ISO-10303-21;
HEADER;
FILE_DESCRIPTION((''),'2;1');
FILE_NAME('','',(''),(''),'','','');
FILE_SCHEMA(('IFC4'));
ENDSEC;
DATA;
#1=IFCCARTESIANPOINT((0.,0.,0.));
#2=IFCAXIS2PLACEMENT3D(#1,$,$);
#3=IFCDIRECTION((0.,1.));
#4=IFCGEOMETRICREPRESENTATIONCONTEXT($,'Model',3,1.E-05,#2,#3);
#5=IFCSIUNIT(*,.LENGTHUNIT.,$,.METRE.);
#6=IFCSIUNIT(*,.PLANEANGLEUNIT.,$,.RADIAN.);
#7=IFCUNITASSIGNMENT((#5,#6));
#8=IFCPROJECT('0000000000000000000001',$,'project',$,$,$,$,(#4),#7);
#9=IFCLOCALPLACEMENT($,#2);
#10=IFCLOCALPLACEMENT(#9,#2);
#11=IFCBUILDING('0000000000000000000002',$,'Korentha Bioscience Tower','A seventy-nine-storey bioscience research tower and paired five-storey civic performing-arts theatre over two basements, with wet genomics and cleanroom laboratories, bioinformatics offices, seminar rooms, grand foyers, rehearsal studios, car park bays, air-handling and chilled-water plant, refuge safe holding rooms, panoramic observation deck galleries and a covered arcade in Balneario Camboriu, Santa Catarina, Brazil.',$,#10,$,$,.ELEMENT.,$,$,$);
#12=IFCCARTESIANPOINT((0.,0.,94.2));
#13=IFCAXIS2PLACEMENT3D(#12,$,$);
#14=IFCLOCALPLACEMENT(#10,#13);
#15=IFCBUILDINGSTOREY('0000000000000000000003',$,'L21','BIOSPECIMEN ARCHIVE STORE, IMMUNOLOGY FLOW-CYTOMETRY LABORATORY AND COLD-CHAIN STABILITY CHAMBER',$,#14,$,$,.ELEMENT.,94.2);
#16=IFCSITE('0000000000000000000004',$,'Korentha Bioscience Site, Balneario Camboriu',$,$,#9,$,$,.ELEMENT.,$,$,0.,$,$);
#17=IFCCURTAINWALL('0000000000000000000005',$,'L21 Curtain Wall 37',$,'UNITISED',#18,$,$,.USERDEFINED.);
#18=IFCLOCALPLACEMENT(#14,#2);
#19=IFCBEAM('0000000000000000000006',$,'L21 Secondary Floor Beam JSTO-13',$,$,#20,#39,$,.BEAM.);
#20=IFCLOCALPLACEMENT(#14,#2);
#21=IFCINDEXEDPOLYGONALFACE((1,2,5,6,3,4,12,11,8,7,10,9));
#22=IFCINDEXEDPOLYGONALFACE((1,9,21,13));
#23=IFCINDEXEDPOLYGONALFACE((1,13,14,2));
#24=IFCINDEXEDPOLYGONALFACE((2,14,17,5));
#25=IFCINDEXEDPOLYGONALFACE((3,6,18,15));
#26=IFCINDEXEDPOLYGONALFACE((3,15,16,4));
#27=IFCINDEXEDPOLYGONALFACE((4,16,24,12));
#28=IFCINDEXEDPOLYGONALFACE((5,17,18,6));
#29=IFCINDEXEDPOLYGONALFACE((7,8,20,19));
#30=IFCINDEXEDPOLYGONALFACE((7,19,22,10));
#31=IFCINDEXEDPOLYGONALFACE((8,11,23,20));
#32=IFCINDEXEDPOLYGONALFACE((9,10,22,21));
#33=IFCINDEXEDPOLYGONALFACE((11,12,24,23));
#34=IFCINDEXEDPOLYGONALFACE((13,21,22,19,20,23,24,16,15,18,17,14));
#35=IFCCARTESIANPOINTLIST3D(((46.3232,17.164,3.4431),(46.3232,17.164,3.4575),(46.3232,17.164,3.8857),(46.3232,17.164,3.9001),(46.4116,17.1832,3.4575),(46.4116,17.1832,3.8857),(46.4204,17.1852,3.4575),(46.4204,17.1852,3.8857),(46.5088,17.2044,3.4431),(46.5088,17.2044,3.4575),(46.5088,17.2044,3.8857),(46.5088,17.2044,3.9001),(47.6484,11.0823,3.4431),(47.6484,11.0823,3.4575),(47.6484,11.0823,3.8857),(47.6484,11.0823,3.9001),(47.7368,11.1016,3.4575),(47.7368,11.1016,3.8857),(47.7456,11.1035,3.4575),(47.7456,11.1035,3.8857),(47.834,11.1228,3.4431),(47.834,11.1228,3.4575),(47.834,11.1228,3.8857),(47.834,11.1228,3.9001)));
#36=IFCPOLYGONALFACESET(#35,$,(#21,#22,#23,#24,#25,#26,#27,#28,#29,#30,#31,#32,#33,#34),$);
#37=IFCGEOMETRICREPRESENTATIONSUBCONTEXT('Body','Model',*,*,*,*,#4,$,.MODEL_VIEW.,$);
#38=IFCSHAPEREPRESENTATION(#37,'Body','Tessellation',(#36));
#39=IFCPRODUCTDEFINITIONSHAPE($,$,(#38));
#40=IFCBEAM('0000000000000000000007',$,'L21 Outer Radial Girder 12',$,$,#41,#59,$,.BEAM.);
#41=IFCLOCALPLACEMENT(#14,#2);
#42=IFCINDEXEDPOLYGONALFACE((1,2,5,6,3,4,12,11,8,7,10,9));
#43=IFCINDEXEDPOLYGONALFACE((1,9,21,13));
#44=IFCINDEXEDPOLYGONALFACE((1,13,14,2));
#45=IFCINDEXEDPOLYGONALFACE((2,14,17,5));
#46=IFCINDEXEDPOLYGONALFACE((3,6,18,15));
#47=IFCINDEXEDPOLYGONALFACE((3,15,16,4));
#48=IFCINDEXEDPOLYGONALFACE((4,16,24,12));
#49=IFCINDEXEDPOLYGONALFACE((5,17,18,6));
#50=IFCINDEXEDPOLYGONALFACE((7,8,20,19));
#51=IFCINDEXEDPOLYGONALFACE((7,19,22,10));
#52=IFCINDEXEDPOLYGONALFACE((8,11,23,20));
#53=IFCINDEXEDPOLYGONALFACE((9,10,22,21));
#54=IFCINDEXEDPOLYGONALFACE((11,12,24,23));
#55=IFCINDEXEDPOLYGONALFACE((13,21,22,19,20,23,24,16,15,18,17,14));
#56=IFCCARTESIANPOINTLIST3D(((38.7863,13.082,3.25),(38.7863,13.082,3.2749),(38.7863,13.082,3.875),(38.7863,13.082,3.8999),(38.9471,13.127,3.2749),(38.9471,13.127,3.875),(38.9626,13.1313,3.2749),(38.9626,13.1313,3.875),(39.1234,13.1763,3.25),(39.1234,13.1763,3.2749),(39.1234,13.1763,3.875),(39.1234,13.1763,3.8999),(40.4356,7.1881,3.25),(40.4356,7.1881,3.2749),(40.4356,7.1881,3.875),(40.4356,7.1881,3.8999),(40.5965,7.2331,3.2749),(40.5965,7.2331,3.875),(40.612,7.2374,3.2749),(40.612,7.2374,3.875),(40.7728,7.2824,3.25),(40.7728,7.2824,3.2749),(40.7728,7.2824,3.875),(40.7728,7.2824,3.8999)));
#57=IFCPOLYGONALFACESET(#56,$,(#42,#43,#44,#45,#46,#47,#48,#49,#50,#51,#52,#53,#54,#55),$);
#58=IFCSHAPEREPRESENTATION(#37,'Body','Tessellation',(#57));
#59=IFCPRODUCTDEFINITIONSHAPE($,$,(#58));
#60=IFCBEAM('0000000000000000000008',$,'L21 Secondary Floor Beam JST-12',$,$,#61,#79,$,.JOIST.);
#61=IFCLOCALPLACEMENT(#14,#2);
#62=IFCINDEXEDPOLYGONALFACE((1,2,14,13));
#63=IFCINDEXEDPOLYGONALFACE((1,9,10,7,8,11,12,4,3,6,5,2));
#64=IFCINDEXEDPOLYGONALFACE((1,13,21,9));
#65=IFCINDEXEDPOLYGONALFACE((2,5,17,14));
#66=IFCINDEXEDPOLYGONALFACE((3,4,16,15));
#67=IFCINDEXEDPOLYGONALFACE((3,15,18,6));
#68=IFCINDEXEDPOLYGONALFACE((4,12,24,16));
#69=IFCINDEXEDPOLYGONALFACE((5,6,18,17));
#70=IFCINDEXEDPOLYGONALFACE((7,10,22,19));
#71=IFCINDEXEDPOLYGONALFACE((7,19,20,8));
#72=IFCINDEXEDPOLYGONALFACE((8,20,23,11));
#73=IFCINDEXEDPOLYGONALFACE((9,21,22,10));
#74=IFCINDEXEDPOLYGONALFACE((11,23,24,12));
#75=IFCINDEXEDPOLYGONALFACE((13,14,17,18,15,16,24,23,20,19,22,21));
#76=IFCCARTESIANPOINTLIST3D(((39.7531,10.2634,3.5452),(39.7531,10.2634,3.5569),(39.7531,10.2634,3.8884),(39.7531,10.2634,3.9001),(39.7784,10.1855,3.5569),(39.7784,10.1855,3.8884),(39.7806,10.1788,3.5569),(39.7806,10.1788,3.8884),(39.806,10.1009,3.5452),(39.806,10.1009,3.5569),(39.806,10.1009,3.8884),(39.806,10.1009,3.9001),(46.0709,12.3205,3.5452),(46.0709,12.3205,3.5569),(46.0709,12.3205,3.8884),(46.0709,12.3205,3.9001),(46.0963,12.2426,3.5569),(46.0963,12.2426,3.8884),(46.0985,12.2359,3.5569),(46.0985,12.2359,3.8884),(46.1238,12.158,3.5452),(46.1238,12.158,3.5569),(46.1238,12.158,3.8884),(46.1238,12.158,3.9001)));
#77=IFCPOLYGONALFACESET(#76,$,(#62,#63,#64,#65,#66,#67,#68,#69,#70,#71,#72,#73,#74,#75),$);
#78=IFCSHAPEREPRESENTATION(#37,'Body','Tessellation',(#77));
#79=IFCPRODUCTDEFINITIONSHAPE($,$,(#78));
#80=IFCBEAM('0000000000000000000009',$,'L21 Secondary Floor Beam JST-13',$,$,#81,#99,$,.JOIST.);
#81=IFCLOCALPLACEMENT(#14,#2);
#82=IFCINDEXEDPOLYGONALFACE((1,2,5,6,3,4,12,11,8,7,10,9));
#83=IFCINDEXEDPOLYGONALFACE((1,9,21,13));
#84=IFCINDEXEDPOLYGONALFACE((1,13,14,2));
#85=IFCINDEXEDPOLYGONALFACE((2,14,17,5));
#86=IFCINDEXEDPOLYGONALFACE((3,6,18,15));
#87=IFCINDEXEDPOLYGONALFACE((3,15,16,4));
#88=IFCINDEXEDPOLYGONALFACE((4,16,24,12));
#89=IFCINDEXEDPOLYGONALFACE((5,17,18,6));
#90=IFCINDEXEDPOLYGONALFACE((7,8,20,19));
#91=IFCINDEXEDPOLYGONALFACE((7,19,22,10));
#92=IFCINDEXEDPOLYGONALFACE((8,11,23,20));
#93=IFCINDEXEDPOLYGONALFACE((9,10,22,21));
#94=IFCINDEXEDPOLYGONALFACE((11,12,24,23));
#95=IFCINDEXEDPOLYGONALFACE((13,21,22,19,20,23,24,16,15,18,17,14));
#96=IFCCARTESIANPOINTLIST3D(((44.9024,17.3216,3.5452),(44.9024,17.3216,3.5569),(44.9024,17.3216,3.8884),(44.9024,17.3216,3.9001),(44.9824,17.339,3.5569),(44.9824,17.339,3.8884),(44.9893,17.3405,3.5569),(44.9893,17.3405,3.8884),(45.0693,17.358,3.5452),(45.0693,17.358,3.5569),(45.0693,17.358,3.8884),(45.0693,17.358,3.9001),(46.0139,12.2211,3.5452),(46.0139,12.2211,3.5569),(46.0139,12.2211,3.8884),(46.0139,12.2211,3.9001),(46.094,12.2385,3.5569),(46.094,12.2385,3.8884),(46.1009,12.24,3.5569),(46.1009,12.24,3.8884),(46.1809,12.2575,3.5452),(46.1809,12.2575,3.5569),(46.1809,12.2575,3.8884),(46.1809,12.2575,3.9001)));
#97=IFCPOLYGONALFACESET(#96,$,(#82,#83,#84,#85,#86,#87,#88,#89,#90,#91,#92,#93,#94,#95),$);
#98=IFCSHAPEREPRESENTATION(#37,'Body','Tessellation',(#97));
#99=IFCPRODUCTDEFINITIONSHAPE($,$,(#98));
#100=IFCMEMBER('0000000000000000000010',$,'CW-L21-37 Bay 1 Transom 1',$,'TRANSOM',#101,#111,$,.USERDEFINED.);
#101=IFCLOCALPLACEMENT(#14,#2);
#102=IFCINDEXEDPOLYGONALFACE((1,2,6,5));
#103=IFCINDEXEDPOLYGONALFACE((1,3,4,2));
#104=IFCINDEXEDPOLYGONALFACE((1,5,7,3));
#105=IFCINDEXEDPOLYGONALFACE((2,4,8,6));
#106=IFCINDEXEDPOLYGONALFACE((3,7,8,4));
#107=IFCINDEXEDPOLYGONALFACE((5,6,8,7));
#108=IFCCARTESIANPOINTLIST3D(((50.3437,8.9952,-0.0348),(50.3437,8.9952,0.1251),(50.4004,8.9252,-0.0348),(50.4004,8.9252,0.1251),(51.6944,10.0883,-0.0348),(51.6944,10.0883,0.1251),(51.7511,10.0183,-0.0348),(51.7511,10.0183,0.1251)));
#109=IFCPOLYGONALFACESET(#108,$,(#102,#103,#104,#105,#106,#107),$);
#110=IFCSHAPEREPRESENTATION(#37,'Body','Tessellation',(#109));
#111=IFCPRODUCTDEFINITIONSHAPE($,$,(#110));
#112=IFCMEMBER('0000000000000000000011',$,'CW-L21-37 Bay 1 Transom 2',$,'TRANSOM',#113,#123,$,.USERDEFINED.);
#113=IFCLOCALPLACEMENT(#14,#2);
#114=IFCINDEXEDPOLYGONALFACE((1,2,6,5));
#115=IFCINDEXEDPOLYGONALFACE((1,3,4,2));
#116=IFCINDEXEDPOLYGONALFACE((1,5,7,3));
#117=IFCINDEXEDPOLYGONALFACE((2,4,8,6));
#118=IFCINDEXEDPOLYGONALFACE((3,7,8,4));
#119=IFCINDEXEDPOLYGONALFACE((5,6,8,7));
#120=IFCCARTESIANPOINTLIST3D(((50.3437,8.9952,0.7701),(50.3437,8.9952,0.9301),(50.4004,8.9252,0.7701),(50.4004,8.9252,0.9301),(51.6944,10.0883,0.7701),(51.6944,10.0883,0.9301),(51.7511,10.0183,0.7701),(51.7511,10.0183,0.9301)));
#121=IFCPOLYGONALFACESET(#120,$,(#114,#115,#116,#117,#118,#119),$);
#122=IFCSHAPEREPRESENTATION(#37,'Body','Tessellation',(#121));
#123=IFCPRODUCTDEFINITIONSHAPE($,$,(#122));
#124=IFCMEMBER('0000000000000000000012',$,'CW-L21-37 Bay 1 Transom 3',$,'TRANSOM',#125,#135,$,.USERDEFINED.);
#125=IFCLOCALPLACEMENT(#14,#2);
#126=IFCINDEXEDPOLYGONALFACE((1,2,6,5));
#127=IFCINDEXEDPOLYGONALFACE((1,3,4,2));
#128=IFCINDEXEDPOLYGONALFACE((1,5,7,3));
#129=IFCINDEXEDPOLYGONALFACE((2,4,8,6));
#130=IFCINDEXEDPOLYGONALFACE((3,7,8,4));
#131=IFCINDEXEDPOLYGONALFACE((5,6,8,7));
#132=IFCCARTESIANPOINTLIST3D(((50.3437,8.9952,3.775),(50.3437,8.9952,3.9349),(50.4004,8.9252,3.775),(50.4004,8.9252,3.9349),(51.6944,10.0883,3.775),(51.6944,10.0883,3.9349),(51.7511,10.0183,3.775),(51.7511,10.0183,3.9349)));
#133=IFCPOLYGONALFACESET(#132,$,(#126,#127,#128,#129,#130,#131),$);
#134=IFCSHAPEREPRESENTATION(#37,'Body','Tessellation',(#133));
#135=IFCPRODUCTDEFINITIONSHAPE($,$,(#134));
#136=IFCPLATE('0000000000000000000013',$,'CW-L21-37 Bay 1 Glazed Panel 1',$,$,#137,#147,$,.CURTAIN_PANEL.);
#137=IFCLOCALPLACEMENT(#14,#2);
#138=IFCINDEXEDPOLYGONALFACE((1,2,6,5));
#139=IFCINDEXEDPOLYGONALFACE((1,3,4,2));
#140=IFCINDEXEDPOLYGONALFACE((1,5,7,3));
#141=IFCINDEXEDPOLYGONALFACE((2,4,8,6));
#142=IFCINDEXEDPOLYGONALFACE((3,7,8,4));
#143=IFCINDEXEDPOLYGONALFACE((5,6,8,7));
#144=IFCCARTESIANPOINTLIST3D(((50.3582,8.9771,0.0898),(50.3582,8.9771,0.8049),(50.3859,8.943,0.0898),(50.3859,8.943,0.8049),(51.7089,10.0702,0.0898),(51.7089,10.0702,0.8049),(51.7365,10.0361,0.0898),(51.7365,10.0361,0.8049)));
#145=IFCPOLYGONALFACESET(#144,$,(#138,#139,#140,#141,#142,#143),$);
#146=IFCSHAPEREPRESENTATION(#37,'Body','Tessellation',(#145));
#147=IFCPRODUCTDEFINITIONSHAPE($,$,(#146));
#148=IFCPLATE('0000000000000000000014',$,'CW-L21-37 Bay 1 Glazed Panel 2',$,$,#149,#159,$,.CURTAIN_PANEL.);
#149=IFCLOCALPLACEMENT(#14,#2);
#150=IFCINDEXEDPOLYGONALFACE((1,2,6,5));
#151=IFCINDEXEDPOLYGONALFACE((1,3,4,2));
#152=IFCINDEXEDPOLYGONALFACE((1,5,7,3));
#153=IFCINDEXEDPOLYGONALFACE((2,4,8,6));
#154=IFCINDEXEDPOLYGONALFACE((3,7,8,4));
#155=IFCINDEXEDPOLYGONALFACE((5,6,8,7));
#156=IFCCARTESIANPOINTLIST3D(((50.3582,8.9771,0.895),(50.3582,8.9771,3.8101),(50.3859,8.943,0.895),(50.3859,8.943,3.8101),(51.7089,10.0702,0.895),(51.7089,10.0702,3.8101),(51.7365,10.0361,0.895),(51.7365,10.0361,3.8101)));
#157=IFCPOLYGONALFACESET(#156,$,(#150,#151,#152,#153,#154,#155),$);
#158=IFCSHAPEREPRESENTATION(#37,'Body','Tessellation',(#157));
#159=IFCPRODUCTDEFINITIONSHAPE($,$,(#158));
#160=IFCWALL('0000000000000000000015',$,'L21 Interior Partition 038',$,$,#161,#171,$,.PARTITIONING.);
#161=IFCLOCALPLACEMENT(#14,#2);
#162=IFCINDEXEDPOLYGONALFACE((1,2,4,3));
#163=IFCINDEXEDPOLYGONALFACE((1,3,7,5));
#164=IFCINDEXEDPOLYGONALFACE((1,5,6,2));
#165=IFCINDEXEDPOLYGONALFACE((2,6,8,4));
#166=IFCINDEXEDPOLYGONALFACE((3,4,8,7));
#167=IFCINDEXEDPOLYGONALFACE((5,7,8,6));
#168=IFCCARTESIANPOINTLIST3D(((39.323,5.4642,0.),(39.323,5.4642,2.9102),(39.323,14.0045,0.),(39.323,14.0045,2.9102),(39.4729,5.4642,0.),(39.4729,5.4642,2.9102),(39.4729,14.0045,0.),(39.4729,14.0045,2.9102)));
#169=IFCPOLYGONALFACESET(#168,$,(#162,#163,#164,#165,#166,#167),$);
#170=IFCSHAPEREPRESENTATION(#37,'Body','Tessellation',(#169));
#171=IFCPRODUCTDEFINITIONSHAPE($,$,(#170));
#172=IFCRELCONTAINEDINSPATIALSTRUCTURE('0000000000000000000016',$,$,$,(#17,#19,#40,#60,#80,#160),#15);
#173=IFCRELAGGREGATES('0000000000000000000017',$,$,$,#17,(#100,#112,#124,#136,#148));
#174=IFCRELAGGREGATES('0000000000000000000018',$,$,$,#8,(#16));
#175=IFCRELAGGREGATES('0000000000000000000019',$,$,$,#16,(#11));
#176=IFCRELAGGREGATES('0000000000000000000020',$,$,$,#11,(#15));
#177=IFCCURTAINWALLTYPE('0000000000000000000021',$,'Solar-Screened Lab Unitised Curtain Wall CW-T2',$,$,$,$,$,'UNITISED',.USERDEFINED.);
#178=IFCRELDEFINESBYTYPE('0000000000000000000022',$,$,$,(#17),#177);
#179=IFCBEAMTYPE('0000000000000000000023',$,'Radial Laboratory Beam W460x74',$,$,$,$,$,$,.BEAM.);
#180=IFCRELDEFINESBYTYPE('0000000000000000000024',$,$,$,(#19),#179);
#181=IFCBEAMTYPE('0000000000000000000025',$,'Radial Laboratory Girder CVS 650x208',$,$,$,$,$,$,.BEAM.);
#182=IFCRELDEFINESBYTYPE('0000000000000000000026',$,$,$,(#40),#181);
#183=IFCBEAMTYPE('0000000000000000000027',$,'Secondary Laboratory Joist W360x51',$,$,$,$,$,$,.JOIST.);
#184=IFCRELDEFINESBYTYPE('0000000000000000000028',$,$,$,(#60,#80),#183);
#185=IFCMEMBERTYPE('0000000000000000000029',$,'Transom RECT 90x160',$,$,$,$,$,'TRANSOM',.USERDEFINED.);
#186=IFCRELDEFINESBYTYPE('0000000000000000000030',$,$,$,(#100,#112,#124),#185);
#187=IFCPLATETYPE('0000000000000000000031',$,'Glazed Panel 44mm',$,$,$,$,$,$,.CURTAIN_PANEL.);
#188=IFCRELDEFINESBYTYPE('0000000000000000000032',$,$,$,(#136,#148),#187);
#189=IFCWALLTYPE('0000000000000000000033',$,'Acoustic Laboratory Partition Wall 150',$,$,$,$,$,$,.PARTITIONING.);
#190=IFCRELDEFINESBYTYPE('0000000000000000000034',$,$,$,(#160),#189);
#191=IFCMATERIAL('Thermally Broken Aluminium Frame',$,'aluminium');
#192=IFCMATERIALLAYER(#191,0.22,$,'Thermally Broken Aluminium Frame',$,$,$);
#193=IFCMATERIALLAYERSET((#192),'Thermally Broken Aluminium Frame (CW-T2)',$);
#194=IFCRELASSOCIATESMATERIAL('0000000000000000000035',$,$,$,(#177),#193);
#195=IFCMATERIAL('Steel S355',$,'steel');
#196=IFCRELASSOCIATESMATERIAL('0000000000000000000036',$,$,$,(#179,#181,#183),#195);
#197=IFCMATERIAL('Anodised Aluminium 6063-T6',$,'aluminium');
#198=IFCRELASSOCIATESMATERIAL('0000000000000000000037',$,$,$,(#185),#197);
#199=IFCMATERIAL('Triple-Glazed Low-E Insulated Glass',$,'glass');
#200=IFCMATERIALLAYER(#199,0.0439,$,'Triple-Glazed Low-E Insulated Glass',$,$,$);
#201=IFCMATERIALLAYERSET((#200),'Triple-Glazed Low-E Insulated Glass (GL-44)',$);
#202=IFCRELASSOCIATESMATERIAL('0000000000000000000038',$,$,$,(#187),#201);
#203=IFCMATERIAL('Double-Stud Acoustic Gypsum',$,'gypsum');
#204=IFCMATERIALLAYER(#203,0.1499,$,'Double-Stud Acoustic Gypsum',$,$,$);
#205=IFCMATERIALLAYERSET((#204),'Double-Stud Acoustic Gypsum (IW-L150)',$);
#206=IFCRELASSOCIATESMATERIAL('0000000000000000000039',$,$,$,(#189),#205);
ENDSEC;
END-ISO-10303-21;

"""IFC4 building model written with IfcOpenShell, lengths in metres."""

from ifc_helpers import new_model, si_unit, direction, frame, frame_2d, origin, origin_2d, place, context, subcontext, project, spatial, rectangle, i_section, extrude, material, layer, layer_set, material_profile, profile_set, type_object, element, aggregate, save


model = new_model("IFC4")

# Units and contexts
model_context = context("Model", 3, precision=1e-05, world=origin(), true_north=direction((0.0, 1.0)))
body_context = subcontext(model_context, "Body", "Model", "MODEL_VIEW")
ifc_project = project(units=[si_unit("LENGTHUNIT", "METRE"), si_unit("PLANEANGLEUNIT", "RADIAN")], contexts=[model_context])

# Site, building, storey
site_placement = place(None, origin())
site = spatial("IfcSite", under=ifc_project, at=site_placement, Name="Korentha Bioscience Site, Balneario Camboriu", CompositionType="ELEMENT", RefElevation=0.0)
building_placement = place(site_placement, origin())
building = spatial("IfcBuilding", under=site, at=building_placement, Name="Korentha Bioscience Tower", Description="A seventy-nine-storey bioscience research tower and paired five-storey civic performing-arts theatre over two basements, with wet genomics and cleanroom laboratories, bioinformatics offices, seminar rooms, grand foyers, rehearsal studios, car park bays, air-handling and chilled-water plant, refuge safe holding rooms, panoramic observation deck galleries and a covered arcade in Balneario Camboriu, Santa Catarina, Brazil.", CompositionType="ELEMENT")
storey_placement = place(building_placement, frame((0.0, 0.0, 94.2)))
storey = spatial("IfcBuildingStorey", under=building, at=storey_placement, Name="L21", Description="BIOSPECIMEN ARCHIVE STORE, IMMUNOLOGY FLOW-CYTOMETRY LABORATORY AND COLD-CHAIN STABILITY CHAMBER", CompositionType="ELEMENT", Elevation=94.2)

# Shared definitions
ifc_material_1 = material(Name="Steel S355", Category="steel")

# Curtain wall
ifc_material_2 = material(Name="Thermally Broken Aluminium Frame", Category="aluminium")
ifc_layer_1 = layer(ifc_material_2, 0.22, Name="Thermally Broken Aluminium Frame")
ifc_layer_set_1 = layer_set([ifc_layer_1], Name="Thermally Broken Aluminium Frame (CW-T2)")
curtain_wall_type = type_object("IfcCurtainWallType", Name="Solar-Screened Lab Unitised Curtain Wall CW-T2", ElementType="UNITISED", PredefinedType="USERDEFINED", material=ifc_layer_set_1)
curtain_wall_placement = place(storey_placement, origin())
curtain_wall = element("IfcCurtainWall", 1, at=curtain_wall_placement, inside=storey, type_object=curtain_wall_type, Name="L21 Curtain Wall 37", ObjectType="UNITISED", PredefinedType="USERDEFINED")
ifc_material_3 = material(Name="Anodised Aluminium 6063-T6", Category="aluminium")

# Beams
ifc_material_profile_1 = material_profile(ifc_material_1, i_section(OverallWidth=0.1899, OverallDepth=0.457, WebThickness=0.009, FlangeThickness=0.0144, at=origin_2d()), Name="Steel S355")
ifc_profile_set_1 = profile_set([ifc_material_profile_1], Name="Steel S355 (RB-460)")
beam_type_1 = type_object("IfcBeamType", Name="Radial Laboratory Beam W460x74", PredefinedType="BEAM", material=ifc_profile_set_1)
beam_1_placement = place(storey_placement, frame((47.7412, 11.1025, 3.6716), z_axis=(-0.212908, 0.977072, 0.0), x_axis=(-0.977072, -0.212908, 0.0)))
element("IfcBeam", 2, at=beam_1_placement, inside=storey, type_object=beam_type_1, Name="L21 Secondary Floor Beam JSTO-13", PredefinedType="BEAM", context=body_context, shape_type="SweptSolid", body=[
    extrude(i_section(OverallWidth=0.1899, OverallDepth=0.457, WebThickness=0.009, FlangeThickness=0.0144, at=origin_2d()), origin(), (0.0, 0.0, 1.0), 6.2244),
])
ifc_material_profile_2 = material_profile(ifc_material_1, i_section(OverallWidth=0.3501, OverallDepth=0.6499, WebThickness=0.0161, FlangeThickness=0.0249, at=origin_2d()), Name="Steel S355")
ifc_profile_set_2 = profile_set([ifc_material_profile_2], Name="Steel S355 (RB-650)")
beam_type_2 = type_object("IfcBeamType", Name="Radial Laboratory Girder CVS 650x208", PredefinedType="BEAM", material=ifc_profile_set_2)
beam_2_placement = place(storey_placement, frame((38.9548, 13.1292, 3.575), z_axis=(0.269491, -0.963003, 0.0), x_axis=(0.963003, 0.269491, 0.0)))
element("IfcBeam", 3, at=beam_2_placement, inside=storey, type_object=beam_type_2, Name="L21 Outer Radial Girder 12", PredefinedType="BEAM", context=body_context, shape_type="SweptSolid", body=[
    extrude(i_section(OverallWidth=0.3501, OverallDepth=0.6499, WebThickness=0.0161, FlangeThickness=0.0249, at=origin_2d()), origin(), (0.0, 0.0, 1.0), 6.1204),
])
ifc_material_profile_3 = material_profile(ifc_material_1, i_section(OverallWidth=0.1709, OverallDepth=0.355, WebThickness=0.0071, FlangeThickness=0.0117, at=origin_2d()), Name="Steel S355")
ifc_profile_set_3 = profile_set([ifc_material_profile_3], Name="Steel S355 (JB-360)")
beam_type_3 = type_object("IfcBeamType", Name="Secondary Laboratory Joist W360x51", PredefinedType="JOIST", material=ifc_profile_set_3)
beam_3_placement = place(storey_placement, frame((39.7795, 10.1821, 3.7227), z_axis=(0.950865, 0.309606, 0.0), x_axis=(-0.309606, 0.950865, 0.0)))
element("IfcBeam", 4, at=beam_3_placement, inside=storey, type_object=beam_type_3, Name="L21 Secondary Floor Beam JST-12", PredefinedType="JOIST", context=body_context, shape_type="SweptSolid", body=[
    extrude(i_section(OverallWidth=0.1709, OverallDepth=0.355, WebThickness=0.0071, FlangeThickness=0.0117, at=origin_2d()), origin(), (0.0, 0.0, 1.0), 6.6443),
])
beam_4_placement = place(storey_placement, frame((46.0974, 12.2393, 3.7227), z_axis=(-0.212932, 0.977067, 0.0), x_axis=(-0.977067, -0.212932, 0.0)))
element("IfcBeam", 5, at=beam_4_placement, inside=storey, type_object=beam_type_3, Name="L21 Secondary Floor Beam JST-13", PredefinedType="JOIST", context=body_context, shape_type="SweptSolid", body=[
    extrude(i_section(OverallWidth=0.1709, OverallDepth=0.355, WebThickness=0.0071, FlangeThickness=0.0117, at=origin_2d()), origin(), (0.0, 0.0, 1.0), 5.2202),
])

# Members
ifc_material_profile_4 = material_profile(ifc_material_3, rectangle(XDim=0.0901, YDim=0.1599, at=origin_2d()), Name="Anodised Aluminium 6063-T6")
ifc_profile_set_4 = profile_set([ifc_material_profile_4], Name="Anodised Aluminium 6063-T6 (CW-TRN)")
member_type_1 = type_object("IfcMemberType", Name="Transom RECT 90x160", ElementType="TRANSOM", PredefinedType="USERDEFINED", material=ifc_profile_set_4)
member_1_placement = place(storey_placement, frame((50.3721, 8.9602, 0.0452), z_axis=(0.777333, 0.629089, 0.0), x_axis=(-0.629089, 0.777333, 0.0)))
member_1 = element("IfcMember", 6, at=member_1_placement, type_object=member_type_1, Name="CW-L21-37 Bay 1 Transom 1", ObjectType="TRANSOM", PredefinedType="USERDEFINED", context=body_context, shape_type="SweptSolid", body=[
    extrude(rectangle(XDim=0.0901, YDim=0.1599, at=origin_2d()), origin(), (0.0, 0.0, 1.0), 1.7375),
])
member_2_placement = place(storey_placement, frame((50.3721, 8.9602, 0.8501), z_axis=(0.777333, 0.629089, 0.0), x_axis=(-0.629089, 0.777333, 0.0)))
member_2 = element("IfcMember", 7, at=member_2_placement, type_object=member_type_1, Name="CW-L21-37 Bay 1 Transom 2", ObjectType="TRANSOM", PredefinedType="USERDEFINED", context=body_context, shape_type="SweptSolid", body=[
    extrude(rectangle(XDim=0.0901, YDim=0.1599, at=origin_2d()), origin(), (0.0, 0.0, 1.0), 1.7375),
])
member_3_placement = place(storey_placement, frame((50.3721, 8.9602, 3.855), z_axis=(0.777333, 0.629089, 0.0), x_axis=(-0.629089, 0.777333, 0.0)))
member_3 = element("IfcMember", 8, at=member_3_placement, type_object=member_type_1, Name="CW-L21-37 Bay 1 Transom 3", ObjectType="TRANSOM", PredefinedType="USERDEFINED", context=body_context, shape_type="SweptSolid", body=[
    extrude(rectangle(XDim=0.0901, YDim=0.1599, at=origin_2d()), origin(), (0.0, 0.0, 1.0), 1.7375),
])

# Plates
ifc_material_4 = material(Name="Triple-Glazed Low-E Insulated Glass", Category="glass")
ifc_layer_2 = layer(ifc_material_4, 0.0439, Name="Triple-Glazed Low-E Insulated Glass")
ifc_layer_set_2 = layer_set([ifc_layer_2], Name="Triple-Glazed Low-E Insulated Glass (GL-44)")
plate_type = type_object("IfcPlateType", Name="Glazed Panel 44mm", PredefinedType="CURTAIN_PANEL", material=ifc_layer_set_2)
plate_1_placement = place(storey_placement, frame((51.0474, 9.5066, 0.0898), z_axis=(0.0, 0.0, 1.0), x_axis=(0.777315, 0.629111, 0.0)))
plate_1 = element("IfcPlate", 9, at=plate_1_placement, type_object=plate_type, Name="CW-L21-37 Bay 1 Glazed Panel 1", PredefinedType="CURTAIN_PANEL", context=body_context, shape_type="SweptSolid", body=[
    extrude(rectangle(XDim=1.7375, YDim=0.0439, at=origin_2d()), origin(), (0.0, 0.0, 1.0), 0.7151),
])
plate_2_placement = place(storey_placement, frame((51.0474, 9.5066, 0.895), z_axis=(0.0, 0.0, 1.0), x_axis=(0.777315, 0.629111, 0.0)))
plate_2 = element("IfcPlate", 10, at=plate_2_placement, type_object=plate_type, Name="CW-L21-37 Bay 1 Glazed Panel 2", PredefinedType="CURTAIN_PANEL", context=body_context, shape_type="SweptSolid", body=[
    extrude(rectangle(XDim=1.7375, YDim=0.0439, at=origin_2d()), origin(), (0.0, 0.0, 1.0), 2.915),
])
aggregate(curtain_wall, [member_1, member_2, member_3, plate_1, plate_2])

# Wall
ifc_material_5 = material(Name="Double-Stud Acoustic Gypsum", Category="gypsum")
ifc_layer_3 = layer(ifc_material_5, 0.1499, Name="Double-Stud Acoustic Gypsum")
ifc_layer_set_3 = layer_set([ifc_layer_3], Name="Double-Stud Acoustic Gypsum (IW-L150)")
wall_type_1 = type_object("IfcWallType", Name="Acoustic Laboratory Partition Wall 150", PredefinedType="PARTITIONING", material=ifc_layer_set_3)
wall_1_placement = place(storey_placement, frame((39.3979, 14.0044, 0.0), z_axis=(0.0, 0.0, 1.0), x_axis=(0.0, -1.0, 0.0)))
element("IfcWall", 11, at=wall_1_placement, inside=storey, type_object=wall_type_1, Name="L21 Interior Partition 038", PredefinedType="PARTITIONING", context=body_context, shape_type="SweptSolid", body=[
    extrude(rectangle(XDim=8.5403, YDim=0.1499, at=frame_2d((4.27, 0.0))), origin(), (0.0, 0.0, 1.0), 2.9102),
])

save(model, "model.ifc")
